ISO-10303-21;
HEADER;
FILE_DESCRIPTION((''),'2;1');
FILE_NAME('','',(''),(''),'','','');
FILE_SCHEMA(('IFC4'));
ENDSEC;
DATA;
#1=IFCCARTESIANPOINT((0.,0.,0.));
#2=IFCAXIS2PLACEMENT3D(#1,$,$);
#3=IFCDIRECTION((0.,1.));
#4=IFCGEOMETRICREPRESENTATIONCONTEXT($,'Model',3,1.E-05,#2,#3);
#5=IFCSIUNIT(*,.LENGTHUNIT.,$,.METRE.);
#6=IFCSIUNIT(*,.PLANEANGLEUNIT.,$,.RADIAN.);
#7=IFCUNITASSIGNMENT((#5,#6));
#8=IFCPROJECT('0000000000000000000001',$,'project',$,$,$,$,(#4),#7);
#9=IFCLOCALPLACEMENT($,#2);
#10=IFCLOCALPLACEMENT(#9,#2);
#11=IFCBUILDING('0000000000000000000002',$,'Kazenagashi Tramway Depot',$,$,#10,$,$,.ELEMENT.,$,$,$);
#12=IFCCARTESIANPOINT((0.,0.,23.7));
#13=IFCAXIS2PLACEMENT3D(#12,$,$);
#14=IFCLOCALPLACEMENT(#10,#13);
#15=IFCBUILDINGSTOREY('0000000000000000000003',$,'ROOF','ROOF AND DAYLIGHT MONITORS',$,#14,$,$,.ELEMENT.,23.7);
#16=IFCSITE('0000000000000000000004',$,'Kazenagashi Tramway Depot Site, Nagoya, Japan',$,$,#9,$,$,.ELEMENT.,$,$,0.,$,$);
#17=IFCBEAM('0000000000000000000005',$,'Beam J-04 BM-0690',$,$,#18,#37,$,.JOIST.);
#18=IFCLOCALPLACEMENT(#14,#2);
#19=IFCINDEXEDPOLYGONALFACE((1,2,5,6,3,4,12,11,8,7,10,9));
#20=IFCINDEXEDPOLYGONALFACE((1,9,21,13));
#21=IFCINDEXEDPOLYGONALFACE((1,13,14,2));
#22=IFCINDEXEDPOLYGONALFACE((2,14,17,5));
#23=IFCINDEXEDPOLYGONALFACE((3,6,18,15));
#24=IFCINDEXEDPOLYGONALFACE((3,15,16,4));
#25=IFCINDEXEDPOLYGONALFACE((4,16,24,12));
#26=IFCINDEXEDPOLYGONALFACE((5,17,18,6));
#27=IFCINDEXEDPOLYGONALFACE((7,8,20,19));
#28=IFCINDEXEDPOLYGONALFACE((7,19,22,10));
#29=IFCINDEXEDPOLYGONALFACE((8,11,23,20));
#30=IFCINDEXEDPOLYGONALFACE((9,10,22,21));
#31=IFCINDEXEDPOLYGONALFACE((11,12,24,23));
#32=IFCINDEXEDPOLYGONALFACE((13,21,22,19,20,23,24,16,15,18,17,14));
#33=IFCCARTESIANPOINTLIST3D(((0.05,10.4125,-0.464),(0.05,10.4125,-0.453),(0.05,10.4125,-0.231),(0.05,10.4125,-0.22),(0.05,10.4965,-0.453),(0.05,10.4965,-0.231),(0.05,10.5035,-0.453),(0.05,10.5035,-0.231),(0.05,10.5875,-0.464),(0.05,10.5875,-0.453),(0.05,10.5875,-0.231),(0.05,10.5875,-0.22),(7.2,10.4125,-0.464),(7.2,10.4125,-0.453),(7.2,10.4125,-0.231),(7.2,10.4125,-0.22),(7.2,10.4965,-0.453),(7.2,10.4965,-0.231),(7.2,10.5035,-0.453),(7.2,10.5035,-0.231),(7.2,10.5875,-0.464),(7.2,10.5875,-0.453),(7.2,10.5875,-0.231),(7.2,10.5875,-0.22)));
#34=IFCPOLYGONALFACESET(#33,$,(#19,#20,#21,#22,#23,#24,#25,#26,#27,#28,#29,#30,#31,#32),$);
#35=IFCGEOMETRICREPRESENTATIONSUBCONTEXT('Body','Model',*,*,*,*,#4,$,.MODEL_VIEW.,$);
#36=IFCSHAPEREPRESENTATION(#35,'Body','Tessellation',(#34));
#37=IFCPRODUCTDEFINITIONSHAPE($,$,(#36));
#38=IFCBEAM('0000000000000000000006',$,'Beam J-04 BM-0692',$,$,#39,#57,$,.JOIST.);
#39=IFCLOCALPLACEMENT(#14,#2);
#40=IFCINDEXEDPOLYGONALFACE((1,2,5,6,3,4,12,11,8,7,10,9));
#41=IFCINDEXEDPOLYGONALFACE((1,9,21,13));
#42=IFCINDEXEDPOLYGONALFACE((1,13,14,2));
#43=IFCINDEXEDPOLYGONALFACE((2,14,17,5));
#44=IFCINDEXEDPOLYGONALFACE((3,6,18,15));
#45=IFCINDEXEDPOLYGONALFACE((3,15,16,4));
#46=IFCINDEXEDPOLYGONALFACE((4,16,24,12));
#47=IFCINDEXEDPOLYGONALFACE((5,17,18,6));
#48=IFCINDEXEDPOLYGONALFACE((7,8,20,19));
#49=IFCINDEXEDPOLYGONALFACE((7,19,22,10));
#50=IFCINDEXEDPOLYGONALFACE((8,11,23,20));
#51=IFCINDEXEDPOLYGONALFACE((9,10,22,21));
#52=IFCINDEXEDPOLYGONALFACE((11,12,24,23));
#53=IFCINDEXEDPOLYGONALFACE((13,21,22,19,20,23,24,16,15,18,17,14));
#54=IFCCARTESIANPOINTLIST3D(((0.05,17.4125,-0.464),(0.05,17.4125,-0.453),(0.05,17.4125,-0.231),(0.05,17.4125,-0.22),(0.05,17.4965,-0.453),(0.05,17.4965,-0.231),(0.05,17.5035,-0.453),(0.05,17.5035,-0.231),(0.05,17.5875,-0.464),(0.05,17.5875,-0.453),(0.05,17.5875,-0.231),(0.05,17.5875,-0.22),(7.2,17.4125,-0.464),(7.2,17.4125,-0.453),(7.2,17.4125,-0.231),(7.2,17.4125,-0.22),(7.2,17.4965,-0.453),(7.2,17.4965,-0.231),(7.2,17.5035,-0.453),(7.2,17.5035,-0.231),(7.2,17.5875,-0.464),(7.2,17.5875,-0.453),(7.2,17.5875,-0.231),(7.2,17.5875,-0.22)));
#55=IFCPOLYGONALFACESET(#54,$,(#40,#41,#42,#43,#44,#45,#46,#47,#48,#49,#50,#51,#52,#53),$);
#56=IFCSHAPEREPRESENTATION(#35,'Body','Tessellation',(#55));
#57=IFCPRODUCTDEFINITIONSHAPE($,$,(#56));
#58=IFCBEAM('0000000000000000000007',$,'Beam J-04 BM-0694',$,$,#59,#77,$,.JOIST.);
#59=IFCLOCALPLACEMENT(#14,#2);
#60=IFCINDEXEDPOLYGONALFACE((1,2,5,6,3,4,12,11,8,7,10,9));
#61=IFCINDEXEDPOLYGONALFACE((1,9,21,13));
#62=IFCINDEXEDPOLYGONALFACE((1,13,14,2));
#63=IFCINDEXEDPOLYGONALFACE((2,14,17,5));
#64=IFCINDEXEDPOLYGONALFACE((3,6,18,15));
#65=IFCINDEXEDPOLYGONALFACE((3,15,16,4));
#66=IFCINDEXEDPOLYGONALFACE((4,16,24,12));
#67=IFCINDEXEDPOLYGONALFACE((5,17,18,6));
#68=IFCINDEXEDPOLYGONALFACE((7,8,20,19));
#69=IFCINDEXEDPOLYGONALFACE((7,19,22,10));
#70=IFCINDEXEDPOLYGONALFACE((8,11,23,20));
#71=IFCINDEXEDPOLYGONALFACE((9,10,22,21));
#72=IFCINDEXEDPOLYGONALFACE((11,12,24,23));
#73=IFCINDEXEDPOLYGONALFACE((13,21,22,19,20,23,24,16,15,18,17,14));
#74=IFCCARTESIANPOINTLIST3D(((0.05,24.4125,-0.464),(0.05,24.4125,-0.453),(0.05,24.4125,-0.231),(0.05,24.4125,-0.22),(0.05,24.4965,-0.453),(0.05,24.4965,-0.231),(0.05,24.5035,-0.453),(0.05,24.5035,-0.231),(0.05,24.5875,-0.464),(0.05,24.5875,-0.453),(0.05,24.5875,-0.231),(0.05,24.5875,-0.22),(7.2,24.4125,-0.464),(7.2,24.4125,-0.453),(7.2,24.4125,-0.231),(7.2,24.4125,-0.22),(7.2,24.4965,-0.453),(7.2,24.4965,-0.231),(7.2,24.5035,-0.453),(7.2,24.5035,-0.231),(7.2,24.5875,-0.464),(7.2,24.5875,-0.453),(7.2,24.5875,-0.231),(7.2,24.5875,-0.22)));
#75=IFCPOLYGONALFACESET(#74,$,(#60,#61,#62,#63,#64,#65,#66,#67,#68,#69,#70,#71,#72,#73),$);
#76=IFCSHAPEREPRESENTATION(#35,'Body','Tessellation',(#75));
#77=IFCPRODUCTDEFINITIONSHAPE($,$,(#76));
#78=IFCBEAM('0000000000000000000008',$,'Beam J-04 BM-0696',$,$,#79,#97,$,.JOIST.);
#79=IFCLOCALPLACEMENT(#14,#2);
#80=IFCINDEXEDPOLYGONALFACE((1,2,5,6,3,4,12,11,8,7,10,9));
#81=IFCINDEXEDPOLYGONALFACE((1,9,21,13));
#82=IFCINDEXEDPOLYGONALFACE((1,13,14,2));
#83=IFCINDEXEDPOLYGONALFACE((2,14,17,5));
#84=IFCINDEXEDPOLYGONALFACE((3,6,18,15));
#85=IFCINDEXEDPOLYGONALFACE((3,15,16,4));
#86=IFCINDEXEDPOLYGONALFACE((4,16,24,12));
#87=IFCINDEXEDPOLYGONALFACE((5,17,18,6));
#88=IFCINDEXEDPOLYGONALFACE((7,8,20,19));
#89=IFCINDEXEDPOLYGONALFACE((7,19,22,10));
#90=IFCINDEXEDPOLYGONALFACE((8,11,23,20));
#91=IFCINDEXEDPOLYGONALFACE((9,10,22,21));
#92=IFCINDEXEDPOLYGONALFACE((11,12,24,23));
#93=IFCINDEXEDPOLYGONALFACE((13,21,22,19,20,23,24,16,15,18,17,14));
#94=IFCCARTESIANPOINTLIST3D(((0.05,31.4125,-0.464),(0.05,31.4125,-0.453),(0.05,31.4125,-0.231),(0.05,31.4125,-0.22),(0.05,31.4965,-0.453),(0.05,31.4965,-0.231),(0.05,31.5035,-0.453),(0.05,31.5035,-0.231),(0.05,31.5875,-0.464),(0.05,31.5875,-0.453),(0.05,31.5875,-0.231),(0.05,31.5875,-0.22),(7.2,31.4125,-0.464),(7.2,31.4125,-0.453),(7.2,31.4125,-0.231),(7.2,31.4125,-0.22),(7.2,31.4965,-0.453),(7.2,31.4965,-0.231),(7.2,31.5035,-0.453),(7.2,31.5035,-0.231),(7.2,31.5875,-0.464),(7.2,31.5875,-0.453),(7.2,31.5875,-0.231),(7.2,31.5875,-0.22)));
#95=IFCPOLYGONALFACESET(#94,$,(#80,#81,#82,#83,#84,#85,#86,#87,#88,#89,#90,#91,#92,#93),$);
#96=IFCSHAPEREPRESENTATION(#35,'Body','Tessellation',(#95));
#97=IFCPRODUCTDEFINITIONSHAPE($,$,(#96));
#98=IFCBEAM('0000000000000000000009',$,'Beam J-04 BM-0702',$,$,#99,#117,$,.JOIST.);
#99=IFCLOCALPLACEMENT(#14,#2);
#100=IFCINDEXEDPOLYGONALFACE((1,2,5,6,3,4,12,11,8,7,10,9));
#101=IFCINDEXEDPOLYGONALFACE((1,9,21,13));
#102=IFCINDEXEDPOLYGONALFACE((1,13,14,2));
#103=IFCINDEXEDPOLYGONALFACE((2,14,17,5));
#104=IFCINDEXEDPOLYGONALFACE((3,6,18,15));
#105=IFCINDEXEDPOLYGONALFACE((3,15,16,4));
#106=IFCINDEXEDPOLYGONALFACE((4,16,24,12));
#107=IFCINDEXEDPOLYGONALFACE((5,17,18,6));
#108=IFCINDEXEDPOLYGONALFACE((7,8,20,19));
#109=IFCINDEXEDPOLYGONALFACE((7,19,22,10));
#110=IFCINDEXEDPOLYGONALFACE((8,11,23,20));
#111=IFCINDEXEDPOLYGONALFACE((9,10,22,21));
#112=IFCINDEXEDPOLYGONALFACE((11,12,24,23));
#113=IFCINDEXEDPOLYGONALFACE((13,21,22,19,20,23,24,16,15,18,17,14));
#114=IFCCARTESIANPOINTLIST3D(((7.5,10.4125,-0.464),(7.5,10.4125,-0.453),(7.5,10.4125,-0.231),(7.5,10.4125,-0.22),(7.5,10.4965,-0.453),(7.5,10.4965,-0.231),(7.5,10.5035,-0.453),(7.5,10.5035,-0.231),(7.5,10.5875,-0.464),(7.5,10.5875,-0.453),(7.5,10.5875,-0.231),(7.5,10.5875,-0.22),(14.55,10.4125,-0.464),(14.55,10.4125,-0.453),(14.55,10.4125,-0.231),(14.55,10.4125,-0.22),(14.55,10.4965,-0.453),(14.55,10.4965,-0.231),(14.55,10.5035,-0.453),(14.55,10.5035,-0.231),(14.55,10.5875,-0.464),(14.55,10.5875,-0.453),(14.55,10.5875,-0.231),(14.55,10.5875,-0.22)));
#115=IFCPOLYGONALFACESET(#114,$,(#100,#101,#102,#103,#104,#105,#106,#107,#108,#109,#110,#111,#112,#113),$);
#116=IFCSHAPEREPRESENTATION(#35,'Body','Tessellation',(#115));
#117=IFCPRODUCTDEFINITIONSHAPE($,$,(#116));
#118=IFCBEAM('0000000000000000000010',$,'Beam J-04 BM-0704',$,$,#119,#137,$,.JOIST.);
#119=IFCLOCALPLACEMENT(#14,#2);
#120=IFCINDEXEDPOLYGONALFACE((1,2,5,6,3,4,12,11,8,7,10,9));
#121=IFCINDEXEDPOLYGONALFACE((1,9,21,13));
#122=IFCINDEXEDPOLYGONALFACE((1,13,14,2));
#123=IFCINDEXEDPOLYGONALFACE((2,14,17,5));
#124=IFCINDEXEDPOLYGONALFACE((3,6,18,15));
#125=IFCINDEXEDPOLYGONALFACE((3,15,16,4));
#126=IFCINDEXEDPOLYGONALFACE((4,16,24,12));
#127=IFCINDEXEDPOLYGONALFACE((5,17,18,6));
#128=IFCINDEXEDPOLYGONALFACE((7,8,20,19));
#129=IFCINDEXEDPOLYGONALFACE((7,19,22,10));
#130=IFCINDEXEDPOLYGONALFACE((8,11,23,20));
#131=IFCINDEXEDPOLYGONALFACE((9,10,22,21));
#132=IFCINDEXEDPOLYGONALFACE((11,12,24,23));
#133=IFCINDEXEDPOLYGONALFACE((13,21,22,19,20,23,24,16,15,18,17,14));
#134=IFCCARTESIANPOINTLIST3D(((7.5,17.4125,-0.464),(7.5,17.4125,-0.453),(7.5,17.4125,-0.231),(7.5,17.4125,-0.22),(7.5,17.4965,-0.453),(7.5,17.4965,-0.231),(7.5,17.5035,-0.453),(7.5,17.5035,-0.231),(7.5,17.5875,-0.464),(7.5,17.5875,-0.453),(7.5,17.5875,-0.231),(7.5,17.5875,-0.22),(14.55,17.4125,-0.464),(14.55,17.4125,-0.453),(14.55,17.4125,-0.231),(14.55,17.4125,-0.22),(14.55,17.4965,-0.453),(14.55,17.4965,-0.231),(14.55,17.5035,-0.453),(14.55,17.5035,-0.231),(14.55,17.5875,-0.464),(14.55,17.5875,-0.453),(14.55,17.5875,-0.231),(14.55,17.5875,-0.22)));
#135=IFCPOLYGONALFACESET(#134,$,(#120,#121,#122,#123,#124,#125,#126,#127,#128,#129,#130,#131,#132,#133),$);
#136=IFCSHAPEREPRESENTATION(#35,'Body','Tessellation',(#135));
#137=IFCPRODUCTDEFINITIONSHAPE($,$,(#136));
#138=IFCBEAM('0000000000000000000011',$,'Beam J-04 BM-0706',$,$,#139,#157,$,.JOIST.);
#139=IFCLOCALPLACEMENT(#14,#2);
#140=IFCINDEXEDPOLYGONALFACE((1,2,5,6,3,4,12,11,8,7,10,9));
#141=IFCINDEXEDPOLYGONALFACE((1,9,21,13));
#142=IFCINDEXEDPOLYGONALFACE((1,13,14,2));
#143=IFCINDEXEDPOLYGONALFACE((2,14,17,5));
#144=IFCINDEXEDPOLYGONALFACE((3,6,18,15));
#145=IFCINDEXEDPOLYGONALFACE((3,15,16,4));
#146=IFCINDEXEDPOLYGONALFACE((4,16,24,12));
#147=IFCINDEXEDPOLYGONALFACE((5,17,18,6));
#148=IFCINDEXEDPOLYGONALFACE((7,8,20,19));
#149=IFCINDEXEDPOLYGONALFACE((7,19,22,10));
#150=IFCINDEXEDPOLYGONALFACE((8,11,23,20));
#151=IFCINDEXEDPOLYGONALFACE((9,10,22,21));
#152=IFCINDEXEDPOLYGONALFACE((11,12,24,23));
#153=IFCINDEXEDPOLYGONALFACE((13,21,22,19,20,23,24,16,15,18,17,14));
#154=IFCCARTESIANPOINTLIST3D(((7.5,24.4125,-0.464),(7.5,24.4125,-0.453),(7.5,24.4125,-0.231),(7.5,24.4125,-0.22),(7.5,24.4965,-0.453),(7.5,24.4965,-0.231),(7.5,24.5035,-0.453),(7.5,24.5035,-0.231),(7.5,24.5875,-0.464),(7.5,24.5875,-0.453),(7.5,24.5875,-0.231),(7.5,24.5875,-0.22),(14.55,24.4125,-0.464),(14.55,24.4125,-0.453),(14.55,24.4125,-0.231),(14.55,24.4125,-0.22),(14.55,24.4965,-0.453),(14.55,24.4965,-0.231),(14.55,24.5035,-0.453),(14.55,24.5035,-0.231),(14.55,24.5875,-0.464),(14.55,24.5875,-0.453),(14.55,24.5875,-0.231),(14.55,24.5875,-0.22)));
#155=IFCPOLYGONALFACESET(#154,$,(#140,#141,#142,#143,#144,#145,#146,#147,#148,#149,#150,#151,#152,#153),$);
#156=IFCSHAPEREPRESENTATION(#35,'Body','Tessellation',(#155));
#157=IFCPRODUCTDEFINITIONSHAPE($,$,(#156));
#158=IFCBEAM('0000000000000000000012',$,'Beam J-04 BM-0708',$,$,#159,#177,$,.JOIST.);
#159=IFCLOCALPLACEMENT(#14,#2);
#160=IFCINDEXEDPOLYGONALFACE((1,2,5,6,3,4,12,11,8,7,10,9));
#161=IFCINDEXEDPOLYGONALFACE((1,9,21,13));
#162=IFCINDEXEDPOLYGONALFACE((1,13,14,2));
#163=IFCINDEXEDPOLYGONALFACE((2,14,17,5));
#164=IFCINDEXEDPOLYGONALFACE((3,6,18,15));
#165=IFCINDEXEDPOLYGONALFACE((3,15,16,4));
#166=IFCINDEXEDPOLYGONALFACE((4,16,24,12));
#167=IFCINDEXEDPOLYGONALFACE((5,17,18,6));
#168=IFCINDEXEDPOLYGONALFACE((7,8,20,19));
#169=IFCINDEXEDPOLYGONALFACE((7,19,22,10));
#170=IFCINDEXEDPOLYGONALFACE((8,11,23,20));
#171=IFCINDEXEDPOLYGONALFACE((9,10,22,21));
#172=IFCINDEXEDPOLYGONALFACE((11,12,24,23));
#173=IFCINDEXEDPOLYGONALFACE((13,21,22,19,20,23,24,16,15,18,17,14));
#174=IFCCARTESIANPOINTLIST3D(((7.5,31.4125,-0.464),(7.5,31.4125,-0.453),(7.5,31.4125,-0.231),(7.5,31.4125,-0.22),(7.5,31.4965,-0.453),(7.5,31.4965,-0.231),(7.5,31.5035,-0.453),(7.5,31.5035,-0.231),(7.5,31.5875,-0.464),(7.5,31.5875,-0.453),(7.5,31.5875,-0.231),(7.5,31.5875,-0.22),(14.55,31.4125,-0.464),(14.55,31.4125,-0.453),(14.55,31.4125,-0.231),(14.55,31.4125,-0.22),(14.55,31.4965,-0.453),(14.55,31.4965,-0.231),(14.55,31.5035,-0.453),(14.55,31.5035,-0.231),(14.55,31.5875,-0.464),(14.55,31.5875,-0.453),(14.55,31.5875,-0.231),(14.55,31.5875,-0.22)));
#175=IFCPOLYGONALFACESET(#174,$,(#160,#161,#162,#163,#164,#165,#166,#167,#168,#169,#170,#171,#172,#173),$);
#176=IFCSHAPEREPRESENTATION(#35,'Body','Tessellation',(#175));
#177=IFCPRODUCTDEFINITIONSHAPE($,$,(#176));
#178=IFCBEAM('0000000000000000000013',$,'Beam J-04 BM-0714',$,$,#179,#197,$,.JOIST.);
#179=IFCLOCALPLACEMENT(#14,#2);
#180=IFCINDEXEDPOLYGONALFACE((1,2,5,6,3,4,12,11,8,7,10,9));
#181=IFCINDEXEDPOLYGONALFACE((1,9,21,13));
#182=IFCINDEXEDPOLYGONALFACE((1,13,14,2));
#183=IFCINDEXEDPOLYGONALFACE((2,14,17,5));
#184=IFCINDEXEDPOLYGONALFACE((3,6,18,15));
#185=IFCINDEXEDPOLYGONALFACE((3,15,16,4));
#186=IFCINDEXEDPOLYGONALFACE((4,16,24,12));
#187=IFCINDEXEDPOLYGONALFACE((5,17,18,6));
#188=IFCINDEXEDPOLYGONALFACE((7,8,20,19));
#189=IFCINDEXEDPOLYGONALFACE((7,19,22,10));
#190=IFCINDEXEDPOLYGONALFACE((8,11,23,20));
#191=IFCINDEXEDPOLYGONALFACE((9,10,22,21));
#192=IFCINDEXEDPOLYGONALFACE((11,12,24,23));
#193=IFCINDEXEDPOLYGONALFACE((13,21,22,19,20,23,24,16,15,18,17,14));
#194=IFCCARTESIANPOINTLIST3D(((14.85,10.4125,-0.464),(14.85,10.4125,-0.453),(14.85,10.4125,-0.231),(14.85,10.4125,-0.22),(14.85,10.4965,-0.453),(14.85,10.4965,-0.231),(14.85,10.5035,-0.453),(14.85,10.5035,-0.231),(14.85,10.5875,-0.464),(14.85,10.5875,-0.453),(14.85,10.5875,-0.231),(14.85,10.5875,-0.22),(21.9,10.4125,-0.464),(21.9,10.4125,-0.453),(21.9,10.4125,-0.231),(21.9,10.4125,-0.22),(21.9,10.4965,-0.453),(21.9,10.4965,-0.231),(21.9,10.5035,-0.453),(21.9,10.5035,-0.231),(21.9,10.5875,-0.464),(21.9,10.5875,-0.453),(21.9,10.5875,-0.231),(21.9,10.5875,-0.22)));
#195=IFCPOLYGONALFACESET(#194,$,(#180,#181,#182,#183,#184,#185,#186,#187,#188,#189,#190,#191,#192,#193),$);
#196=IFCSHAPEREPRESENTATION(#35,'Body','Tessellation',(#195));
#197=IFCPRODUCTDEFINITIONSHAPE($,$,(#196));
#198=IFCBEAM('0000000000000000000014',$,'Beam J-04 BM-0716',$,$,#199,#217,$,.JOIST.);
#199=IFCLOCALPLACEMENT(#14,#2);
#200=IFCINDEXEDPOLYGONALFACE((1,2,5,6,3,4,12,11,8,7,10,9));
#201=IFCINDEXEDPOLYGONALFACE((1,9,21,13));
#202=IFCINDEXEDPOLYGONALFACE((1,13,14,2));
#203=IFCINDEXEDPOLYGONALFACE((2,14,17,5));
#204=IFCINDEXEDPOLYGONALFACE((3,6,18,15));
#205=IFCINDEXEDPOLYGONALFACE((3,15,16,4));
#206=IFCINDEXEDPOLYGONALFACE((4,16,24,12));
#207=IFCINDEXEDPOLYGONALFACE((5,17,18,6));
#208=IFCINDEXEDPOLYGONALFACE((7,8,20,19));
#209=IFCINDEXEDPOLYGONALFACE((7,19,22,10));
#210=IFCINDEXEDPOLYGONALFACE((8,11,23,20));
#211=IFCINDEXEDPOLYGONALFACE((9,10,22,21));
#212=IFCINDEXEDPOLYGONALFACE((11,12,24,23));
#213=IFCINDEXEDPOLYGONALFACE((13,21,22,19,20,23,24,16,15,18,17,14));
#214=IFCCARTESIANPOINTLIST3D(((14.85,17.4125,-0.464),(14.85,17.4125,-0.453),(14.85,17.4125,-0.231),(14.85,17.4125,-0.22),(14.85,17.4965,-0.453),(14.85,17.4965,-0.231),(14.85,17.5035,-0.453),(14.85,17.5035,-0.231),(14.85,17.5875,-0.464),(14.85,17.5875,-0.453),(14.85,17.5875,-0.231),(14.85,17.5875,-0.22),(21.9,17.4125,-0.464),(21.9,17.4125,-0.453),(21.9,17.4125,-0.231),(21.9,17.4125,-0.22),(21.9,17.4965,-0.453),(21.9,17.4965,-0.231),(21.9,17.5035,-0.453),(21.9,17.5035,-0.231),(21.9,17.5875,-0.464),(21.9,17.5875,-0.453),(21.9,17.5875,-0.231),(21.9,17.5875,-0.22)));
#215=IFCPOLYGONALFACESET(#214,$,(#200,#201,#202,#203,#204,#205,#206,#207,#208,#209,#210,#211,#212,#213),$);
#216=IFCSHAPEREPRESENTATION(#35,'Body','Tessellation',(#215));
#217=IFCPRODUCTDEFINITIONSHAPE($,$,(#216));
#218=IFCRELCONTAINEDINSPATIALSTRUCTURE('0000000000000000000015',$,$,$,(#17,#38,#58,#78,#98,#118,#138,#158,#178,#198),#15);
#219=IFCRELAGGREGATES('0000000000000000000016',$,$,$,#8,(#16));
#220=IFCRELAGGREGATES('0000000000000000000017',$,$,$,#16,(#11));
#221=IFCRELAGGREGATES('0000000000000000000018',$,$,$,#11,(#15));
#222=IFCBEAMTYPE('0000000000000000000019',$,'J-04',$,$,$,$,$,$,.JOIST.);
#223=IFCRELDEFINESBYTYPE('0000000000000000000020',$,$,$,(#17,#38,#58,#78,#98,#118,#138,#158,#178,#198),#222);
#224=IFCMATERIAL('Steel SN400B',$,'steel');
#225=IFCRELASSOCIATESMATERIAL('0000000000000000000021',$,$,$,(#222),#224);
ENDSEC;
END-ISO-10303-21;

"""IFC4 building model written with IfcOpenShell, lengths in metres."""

from ifc_helpers import new_model, si_unit, direction, frame, origin, origin_2d, place, context, subcontext, project, spatial, i_section, extrude, material, material_profile, profile_set, type_object, element, save


model = new_model("IFC4")

# Units and contexts
model_context = context("Model", 3, precision=1e-05, world=origin(), true_north=direction((0.0, 1.0)))
body_context = subcontext(model_context, "Body", "Model", "MODEL_VIEW")
ifc_project = project(units=[si_unit("LENGTHUNIT", "METRE"), si_unit("PLANEANGLEUNIT", "RADIAN")], contexts=[model_context])

# Site, building, storey
site_placement = place(None, origin())
site = spatial("IfcSite", under=ifc_project, at=site_placement, Name="Kazenagashi Tramway Depot Site, Nagoya, Japan", CompositionType="ELEMENT", RefElevation=0.0)
building_placement = place(site_placement, origin())
building = spatial("IfcBuilding", under=site, at=building_placement, Name="Kazenagashi Tramway Depot", CompositionType="ELEMENT")
storey_placement = place(building_placement, frame((0.0, 0.0, 23.7)))
storey = spatial("IfcBuildingStorey", under=building, at=storey_placement, Name="ROOF", Description="ROOF AND DAYLIGHT MONITORS", CompositionType="ELEMENT", Elevation=23.7)

# Beams
ifc_material_1 = material(Name="Steel SN400B", Category="steel")
ifc_material_profile_1 = material_profile(ifc_material_1, i_section(OverallWidth=0.175, OverallDepth=0.244, WebThickness=0.007, FlangeThickness=0.011, at=origin_2d()), Name="H-244x175x7x11")
ifc_profile_set_1 = profile_set([ifc_material_profile_1], Name="Steel SN400B")
beam_type_1 = type_object("IfcBeamType", Name="J-04", PredefinedType="JOIST", material=ifc_profile_set_1)
for number, where, z_axis, x_axis, name in (
    (1, (0.05, 10.5, -0.342), (1.0, 0.0, 0.0), (0.0, 1.0, 0.0), "Beam J-04 BM-0690"),
    (2, (0.05, 17.5, -0.342), (1.0, 0.0, 0.0), (0.0, 1.0, 0.0), "Beam J-04 BM-0692"),
    (3, (0.05, 24.5, -0.342), (1.0, 0.0, 0.0), (0.0, 1.0, 0.0), "Beam J-04 BM-0694"),
    (4, (0.05, 31.5, -0.342), (1.0, 0.0, 0.0), (0.0, 1.0, 0.0), "Beam J-04 BM-0696"),
):
    element("IfcBeam", number, at=place(storey_placement, frame(where, z_axis=z_axis, x_axis=x_axis)), inside=storey, type_object=beam_type_1, Name=name, PredefinedType="JOIST", context=body_context, shape_type="SweptSolid", body=[
        extrude(i_section(OverallWidth=0.175, OverallDepth=0.244, WebThickness=0.007, FlangeThickness=0.011, at=origin_2d()), origin(), (0.0, 0.0, 1.0), 7.15),
    ])
for number, where, z_axis, x_axis, name in (
    (5, (7.5, 10.5, -0.342), (1.0, 0.0, 0.0), (0.0, 1.0, 0.0), "Beam J-04 BM-0702"),
    (6, (7.5, 17.5, -0.342), (1.0, 0.0, 0.0), (0.0, 1.0, 0.0), "Beam J-04 BM-0704"),
    (7, (7.5, 24.5, -0.342), (1.0, 0.0, 0.0), (0.0, 1.0, 0.0), "Beam J-04 BM-0706"),
    (8, (7.5, 31.5, -0.342), (1.0, 0.0, 0.0), (0.0, 1.0, 0.0), "Beam J-04 BM-0708"),
    (9, (14.85, 10.5, -0.342), (1.0, 0.0, 0.0), (0.0, 1.0, 0.0), "Beam J-04 BM-0714"),
    (10, (14.85, 17.5, -0.342), (1.0, 0.0, 0.0), (0.0, 1.0, 0.0), "Beam J-04 BM-0716"),
):
    element("IfcBeam", number, at=place(storey_placement, frame(where, z_axis=z_axis, x_axis=x_axis)), inside=storey, type_object=beam_type_1, Name=name, PredefinedType="JOIST", context=body_context, shape_type="SweptSolid", body=[
        extrude(i_section(OverallWidth=0.175, OverallDepth=0.244, WebThickness=0.007, FlangeThickness=0.011, at=origin_2d()), origin(), (0.0, 0.0, 1.0), 7.05),
    ])

save(model, "model.ifc")
